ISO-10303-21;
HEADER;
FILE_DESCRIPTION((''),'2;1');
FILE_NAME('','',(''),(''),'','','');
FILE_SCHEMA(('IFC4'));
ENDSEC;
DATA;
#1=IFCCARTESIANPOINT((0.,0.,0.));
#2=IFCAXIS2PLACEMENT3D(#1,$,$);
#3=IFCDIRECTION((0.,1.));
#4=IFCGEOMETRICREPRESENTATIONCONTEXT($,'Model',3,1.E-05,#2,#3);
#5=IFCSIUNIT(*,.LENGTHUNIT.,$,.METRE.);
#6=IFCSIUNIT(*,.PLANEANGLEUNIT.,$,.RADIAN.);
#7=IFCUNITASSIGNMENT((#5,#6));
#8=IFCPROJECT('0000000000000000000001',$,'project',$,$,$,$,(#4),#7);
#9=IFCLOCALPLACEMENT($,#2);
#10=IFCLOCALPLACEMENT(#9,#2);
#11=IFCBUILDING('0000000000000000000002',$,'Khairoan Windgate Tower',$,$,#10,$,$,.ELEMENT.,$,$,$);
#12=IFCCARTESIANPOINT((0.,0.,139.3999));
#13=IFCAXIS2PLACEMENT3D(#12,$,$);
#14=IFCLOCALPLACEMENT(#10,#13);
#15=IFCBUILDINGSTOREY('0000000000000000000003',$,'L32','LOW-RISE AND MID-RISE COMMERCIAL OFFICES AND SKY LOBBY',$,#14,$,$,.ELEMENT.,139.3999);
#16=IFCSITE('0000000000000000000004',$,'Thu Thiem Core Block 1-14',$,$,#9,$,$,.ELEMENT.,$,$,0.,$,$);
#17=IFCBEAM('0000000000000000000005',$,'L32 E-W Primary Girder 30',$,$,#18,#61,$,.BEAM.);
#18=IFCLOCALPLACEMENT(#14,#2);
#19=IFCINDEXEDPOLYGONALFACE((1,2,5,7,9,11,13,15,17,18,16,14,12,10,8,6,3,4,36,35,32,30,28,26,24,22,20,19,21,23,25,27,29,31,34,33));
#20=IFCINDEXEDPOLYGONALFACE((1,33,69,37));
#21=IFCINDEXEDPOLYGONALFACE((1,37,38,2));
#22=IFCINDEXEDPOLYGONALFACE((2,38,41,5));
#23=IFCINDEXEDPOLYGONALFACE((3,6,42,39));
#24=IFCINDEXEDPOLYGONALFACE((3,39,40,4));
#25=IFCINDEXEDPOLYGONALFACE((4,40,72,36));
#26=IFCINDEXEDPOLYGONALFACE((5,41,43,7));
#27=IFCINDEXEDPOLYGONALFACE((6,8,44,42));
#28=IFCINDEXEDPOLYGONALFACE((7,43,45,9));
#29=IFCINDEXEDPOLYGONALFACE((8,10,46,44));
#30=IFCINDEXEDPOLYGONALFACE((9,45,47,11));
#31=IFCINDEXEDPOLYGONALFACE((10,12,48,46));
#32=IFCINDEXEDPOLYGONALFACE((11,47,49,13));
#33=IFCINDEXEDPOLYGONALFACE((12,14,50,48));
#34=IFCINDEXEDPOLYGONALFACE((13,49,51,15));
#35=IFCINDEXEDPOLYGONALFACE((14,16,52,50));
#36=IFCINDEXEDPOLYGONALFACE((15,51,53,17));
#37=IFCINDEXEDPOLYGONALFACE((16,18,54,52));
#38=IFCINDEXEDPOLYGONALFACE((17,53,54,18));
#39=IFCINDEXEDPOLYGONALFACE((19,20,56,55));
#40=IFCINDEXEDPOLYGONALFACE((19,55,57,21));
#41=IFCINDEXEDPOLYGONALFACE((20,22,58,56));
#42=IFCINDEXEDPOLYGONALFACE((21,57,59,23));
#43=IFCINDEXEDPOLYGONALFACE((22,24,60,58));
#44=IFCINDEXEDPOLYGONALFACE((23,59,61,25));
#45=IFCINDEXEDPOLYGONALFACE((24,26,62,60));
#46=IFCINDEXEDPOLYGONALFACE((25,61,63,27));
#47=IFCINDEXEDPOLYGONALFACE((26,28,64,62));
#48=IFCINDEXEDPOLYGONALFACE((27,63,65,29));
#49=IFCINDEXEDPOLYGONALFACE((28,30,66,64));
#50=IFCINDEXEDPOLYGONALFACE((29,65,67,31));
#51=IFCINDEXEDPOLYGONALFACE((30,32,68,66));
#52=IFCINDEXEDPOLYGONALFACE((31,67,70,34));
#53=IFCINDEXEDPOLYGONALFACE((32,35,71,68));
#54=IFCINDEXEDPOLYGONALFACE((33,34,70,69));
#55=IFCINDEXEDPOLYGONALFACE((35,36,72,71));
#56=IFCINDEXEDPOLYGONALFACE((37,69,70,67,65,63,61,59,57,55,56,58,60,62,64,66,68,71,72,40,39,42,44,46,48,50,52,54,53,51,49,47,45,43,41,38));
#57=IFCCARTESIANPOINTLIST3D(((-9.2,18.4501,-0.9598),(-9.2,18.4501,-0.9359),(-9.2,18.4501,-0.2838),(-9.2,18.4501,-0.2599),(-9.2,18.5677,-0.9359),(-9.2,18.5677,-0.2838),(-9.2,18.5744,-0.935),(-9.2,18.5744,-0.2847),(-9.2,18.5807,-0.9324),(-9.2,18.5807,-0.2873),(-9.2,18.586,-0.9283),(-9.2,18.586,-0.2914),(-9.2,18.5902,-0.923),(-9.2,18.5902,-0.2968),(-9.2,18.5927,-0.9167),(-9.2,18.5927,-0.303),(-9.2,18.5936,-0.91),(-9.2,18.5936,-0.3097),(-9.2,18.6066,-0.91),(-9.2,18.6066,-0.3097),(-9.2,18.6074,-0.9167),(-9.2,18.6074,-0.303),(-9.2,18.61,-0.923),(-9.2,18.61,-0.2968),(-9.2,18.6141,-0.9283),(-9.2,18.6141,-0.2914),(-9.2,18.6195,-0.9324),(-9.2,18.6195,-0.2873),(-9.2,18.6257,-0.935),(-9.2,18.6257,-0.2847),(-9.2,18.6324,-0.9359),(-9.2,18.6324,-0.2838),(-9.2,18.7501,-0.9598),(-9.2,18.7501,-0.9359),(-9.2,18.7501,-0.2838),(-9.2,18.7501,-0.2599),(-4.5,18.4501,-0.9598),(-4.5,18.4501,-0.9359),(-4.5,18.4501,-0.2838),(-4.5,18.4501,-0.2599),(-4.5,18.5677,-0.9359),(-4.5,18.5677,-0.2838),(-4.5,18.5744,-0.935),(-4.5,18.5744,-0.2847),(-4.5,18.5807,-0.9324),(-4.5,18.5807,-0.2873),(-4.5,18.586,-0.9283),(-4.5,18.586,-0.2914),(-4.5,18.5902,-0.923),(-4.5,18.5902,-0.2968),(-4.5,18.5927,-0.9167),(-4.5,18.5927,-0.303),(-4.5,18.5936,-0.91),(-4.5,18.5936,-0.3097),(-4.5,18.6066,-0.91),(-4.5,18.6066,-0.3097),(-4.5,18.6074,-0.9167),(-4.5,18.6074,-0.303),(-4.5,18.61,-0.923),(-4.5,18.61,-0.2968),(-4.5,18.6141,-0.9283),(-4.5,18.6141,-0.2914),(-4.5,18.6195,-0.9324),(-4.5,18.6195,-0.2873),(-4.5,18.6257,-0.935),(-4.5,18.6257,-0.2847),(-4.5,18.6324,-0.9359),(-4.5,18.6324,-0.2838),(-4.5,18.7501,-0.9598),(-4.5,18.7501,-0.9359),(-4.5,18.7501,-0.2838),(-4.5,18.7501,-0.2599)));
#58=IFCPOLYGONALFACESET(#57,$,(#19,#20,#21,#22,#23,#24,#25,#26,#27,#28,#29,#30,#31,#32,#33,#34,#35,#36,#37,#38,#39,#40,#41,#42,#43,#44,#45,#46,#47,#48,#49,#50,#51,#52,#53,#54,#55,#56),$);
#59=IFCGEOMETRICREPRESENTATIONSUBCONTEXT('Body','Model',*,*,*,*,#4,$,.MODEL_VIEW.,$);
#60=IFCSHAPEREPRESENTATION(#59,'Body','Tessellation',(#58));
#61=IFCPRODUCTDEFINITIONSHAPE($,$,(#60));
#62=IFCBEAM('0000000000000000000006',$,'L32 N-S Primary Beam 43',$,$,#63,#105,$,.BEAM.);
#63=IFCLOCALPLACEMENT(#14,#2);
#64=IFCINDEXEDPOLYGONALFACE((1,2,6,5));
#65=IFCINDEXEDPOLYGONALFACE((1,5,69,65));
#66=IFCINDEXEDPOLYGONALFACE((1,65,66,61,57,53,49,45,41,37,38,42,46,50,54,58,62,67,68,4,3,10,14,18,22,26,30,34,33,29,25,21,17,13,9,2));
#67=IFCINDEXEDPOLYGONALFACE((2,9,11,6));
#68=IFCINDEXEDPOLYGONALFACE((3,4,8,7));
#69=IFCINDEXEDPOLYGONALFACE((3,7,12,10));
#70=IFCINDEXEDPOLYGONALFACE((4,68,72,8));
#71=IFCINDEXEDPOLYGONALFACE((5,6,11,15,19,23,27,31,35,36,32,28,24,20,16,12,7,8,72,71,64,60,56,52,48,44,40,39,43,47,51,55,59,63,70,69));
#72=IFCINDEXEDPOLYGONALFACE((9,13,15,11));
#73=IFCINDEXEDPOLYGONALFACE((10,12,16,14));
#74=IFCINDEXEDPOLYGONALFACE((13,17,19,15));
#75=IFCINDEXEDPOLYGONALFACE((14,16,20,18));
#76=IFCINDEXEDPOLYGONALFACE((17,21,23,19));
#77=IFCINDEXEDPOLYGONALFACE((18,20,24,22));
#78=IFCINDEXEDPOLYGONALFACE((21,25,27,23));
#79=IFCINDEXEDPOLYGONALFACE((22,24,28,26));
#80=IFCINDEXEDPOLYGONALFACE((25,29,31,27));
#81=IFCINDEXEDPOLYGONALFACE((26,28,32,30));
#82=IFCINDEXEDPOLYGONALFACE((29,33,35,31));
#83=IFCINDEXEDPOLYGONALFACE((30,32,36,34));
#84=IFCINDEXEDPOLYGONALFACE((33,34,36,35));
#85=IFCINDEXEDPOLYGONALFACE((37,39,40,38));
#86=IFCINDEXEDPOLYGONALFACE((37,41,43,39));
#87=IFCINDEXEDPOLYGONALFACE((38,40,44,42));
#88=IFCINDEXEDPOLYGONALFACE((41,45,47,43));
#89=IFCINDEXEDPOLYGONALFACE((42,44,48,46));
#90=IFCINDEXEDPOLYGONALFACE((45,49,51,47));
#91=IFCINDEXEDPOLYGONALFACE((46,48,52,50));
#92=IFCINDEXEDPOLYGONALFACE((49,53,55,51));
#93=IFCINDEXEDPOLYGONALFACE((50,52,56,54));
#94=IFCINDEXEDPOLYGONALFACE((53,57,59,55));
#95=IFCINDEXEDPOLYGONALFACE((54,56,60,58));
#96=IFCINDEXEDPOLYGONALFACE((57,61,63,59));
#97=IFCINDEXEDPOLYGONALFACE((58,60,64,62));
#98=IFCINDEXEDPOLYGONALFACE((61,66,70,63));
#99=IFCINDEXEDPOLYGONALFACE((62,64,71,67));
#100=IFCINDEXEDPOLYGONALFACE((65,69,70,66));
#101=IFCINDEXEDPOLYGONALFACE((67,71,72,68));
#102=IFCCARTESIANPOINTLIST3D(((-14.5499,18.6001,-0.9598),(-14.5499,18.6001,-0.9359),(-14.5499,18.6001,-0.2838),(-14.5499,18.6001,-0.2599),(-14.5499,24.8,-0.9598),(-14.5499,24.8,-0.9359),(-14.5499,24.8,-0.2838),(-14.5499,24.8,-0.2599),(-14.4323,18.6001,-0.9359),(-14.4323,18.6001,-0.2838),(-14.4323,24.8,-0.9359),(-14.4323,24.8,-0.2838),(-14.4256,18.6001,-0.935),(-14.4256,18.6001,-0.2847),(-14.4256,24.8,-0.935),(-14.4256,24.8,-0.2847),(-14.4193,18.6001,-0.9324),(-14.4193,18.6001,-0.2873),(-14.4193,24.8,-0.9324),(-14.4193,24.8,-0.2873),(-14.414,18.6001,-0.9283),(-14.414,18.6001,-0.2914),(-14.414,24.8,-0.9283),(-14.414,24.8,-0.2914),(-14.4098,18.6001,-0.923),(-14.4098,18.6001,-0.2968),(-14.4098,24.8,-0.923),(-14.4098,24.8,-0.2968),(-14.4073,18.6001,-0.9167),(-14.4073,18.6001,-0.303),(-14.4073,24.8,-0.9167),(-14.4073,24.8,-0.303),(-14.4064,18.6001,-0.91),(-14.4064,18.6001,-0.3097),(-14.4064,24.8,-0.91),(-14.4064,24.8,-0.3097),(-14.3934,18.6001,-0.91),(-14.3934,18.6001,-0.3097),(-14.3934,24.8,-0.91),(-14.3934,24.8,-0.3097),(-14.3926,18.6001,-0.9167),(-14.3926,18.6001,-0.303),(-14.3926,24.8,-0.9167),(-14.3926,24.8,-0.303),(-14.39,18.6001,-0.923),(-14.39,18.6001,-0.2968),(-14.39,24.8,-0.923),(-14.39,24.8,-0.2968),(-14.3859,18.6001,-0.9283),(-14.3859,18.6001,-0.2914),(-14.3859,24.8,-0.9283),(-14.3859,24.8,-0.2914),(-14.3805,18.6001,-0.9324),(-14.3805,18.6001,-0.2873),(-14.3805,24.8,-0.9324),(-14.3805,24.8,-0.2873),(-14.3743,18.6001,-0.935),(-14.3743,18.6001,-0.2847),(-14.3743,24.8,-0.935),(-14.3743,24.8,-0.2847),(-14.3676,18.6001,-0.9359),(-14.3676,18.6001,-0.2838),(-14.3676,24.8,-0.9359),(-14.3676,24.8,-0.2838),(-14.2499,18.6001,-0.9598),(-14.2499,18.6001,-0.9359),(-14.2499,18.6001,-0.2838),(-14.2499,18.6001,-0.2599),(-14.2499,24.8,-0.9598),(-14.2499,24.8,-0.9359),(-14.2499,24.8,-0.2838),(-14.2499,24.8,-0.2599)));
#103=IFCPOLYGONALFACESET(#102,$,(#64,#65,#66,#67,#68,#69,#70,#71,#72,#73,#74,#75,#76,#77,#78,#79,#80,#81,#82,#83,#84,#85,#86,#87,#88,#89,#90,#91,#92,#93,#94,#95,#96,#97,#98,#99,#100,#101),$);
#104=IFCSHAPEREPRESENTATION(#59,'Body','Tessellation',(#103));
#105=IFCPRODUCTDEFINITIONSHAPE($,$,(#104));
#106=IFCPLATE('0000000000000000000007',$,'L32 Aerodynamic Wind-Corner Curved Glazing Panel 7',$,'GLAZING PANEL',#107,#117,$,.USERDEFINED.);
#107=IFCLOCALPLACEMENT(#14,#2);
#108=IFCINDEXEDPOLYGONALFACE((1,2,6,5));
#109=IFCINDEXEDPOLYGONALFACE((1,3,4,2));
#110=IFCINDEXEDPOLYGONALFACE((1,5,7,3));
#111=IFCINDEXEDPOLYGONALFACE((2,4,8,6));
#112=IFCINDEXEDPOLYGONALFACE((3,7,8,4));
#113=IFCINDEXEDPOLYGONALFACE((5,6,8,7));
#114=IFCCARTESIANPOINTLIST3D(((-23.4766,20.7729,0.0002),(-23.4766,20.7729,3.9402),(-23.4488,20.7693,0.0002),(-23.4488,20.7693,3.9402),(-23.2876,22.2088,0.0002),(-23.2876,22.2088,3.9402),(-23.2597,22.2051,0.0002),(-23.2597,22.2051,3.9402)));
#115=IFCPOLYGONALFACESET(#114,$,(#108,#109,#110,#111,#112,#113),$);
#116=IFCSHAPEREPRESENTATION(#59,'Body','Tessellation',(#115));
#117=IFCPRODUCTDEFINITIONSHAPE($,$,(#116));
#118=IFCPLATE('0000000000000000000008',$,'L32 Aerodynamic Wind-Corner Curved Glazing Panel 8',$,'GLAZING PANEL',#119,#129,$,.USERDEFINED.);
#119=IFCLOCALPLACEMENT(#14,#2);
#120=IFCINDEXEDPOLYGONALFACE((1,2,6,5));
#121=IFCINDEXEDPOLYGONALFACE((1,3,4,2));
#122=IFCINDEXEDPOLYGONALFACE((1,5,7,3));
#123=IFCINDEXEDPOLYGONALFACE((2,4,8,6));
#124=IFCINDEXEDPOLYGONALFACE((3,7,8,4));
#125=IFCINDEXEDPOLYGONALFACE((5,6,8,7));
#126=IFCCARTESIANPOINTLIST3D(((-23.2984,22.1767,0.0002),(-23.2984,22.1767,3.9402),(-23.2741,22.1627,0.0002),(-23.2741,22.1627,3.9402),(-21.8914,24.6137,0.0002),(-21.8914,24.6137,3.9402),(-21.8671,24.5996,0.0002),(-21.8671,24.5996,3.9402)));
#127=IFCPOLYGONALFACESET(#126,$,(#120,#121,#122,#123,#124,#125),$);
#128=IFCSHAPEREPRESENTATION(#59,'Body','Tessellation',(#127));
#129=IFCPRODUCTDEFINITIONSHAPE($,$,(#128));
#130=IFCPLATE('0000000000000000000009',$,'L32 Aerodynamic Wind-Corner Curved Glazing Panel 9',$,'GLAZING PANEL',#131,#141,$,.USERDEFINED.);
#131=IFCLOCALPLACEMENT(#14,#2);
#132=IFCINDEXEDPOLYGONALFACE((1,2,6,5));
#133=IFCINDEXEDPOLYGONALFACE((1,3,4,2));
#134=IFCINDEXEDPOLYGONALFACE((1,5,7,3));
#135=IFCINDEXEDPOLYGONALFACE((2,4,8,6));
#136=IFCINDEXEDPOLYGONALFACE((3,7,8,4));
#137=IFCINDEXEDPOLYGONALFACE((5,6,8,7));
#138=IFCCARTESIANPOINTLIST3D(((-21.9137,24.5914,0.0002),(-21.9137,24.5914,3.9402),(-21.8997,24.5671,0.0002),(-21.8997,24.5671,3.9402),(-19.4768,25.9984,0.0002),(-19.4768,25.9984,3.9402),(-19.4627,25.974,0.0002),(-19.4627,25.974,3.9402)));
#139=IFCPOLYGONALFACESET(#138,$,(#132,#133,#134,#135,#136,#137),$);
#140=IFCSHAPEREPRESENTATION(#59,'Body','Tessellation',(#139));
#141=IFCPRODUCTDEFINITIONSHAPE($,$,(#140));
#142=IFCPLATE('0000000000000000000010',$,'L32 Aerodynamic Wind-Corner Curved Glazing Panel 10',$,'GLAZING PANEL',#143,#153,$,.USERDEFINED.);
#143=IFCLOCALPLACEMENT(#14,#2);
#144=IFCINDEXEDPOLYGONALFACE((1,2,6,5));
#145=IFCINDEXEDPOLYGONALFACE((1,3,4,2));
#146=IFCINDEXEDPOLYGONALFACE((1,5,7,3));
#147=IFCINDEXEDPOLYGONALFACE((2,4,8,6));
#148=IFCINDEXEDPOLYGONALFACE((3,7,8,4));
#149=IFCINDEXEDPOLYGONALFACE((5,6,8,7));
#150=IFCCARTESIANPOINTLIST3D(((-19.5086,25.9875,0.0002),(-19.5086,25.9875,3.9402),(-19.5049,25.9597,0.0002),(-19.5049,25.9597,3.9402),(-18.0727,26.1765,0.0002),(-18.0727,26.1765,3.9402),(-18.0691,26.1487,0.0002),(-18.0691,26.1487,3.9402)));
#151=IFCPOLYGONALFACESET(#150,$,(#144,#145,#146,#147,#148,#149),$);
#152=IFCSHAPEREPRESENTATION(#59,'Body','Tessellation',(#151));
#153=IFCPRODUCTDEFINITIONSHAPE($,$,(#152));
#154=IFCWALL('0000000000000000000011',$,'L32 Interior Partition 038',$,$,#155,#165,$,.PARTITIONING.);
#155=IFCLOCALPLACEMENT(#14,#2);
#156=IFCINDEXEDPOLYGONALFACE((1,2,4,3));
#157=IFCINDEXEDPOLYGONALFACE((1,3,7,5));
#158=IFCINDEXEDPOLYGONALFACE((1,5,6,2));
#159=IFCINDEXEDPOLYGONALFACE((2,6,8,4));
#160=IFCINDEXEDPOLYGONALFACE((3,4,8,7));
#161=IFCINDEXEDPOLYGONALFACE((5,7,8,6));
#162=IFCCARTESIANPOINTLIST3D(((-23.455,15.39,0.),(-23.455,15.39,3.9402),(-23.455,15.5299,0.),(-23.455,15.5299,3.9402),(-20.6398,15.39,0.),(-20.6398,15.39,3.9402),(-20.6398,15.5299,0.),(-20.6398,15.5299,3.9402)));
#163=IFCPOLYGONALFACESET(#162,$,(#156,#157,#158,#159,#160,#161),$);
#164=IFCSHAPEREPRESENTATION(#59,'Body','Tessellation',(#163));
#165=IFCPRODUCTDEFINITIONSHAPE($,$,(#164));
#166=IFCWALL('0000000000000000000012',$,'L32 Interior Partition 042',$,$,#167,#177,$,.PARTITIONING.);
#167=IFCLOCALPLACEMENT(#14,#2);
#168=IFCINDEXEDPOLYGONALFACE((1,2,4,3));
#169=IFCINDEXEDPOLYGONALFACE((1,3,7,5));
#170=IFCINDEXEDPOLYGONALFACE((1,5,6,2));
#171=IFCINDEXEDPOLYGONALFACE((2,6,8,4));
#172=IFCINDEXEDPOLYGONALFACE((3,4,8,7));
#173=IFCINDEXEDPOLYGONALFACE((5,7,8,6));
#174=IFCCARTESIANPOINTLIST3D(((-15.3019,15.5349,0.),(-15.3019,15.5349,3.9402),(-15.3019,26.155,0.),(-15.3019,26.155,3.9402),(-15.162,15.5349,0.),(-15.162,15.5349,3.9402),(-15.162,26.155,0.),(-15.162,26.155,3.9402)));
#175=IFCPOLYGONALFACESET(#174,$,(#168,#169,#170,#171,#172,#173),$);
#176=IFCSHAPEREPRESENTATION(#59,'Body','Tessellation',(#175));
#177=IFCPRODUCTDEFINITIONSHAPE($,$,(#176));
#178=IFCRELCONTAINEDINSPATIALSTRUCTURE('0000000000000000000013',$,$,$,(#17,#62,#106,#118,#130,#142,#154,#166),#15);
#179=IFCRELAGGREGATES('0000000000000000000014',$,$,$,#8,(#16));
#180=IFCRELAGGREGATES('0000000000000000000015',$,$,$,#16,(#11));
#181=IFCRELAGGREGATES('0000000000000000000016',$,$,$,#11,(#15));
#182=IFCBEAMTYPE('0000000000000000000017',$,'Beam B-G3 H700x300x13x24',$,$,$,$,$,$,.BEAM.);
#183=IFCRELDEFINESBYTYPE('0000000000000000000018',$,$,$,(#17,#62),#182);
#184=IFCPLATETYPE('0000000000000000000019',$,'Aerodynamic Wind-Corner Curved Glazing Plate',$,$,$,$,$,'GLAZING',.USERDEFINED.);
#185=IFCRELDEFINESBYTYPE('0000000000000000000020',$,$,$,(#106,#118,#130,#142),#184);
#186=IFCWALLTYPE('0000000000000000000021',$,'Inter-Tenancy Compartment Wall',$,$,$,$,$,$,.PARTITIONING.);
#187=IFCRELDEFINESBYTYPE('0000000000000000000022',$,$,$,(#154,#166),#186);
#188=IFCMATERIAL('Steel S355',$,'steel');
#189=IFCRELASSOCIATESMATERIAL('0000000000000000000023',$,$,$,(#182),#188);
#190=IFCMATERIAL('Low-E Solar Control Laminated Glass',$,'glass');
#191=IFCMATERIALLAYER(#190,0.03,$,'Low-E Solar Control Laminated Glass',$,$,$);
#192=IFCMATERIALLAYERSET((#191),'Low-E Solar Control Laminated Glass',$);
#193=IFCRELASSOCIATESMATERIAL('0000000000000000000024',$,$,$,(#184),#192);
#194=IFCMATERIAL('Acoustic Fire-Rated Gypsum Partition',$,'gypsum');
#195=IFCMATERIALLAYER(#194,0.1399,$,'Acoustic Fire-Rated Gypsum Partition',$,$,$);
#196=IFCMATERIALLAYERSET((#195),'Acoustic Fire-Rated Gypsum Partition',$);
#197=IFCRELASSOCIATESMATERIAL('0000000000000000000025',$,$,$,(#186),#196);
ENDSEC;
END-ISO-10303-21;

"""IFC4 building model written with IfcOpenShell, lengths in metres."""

from ifc_helpers import new_model, si_unit, direction, frame, frame_2d, origin, origin_2d, place, context, subcontext, project, spatial, rectangle, i_section, extrude, material, layer, layer_set, material_profile, profile_set, type_object, element, save


model = new_model("IFC4")

# Units and contexts
model_context = context("Model", 3, precision=1e-05, world=origin(), true_north=direction((0.0, 1.0)))
body_context = subcontext(model_context, "Body", "Model", "MODEL_VIEW")
ifc_project = project(units=[si_unit("LENGTHUNIT", "METRE"), si_unit("PLANEANGLEUNIT", "RADIAN")], contexts=[model_context])

# Site, building, storey
site_placement = place(None, origin())
site = spatial("IfcSite", under=ifc_project, at=site_placement, Name="Thu Thiem Core Block 1-14", CompositionType="ELEMENT", RefElevation=0.0)
building_placement = place(site_placement, origin())
building = spatial("IfcBuilding", under=site, at=building_placement, Name="Khairoan Windgate Tower", CompositionType="ELEMENT")
storey_placement = place(building_placement, frame((0.0, 0.0, 139.3999)))
storey = spatial("IfcBuildingStorey", under=building, at=storey_placement, Name="L32", Description="LOW-RISE AND MID-RISE COMMERCIAL OFFICES AND SKY LOBBY", CompositionType="ELEMENT", Elevation=139.3999)

# Beams
ifc_material_1 = material(Name="Steel S355", Category="steel")
ifc_material_profile_1 = material_profile(ifc_material_1, i_section(OverallWidth=0.3, OverallDepth=0.7, WebThickness=0.0129, FlangeThickness=0.0239, FilletRadius=0.0259, at=origin_2d()))
ifc_profile_set_1 = profile_set([ifc_material_profile_1], Name="Steel S355")
beam_type = type_object("IfcBeamType", Name="Beam B-G3 H700x300x13x24", PredefinedType="BEAM", material=ifc_profile_set_1)
beam_1_placement = place(storey_placement, frame((-9.2, 18.6001, -0.6099), z_axis=(1.0, 0.0, 0.0), x_axis=(0.0, 1.0, 0.0)))
element("IfcBeam", 1, at=beam_1_placement, inside=storey, type_object=beam_type, Name="L32 E-W Primary Girder 30", PredefinedType="BEAM", context=body_context, shape_type="SweptSolid", body=[
    extrude(i_section(OverallWidth=0.3, OverallDepth=0.7, WebThickness=0.0129, FlangeThickness=0.0239, FilletRadius=0.0259, at=origin_2d()), origin(), (0.0, 0.0, 1.0), 4.7),
])
beam_2_placement = place(storey_placement, frame((-14.3999, 18.6001, -0.6099), z_axis=(0.0, 1.0, 0.0), x_axis=(-1.0, 0.0, 0.0)))
element("IfcBeam", 2, at=beam_2_placement, inside=storey, type_object=beam_type, Name="L32 N-S Primary Beam 43", PredefinedType="BEAM", context=body_context, shape_type="SweptSolid", body=[
    extrude(i_section(OverallWidth=0.3, OverallDepth=0.7, WebThickness=0.0129, FlangeThickness=0.0239, FilletRadius=0.0259, at=origin_2d()), origin(), (0.0, 0.0, 1.0), 6.2),
])

# Plates
ifc_material_2 = material(Name="Low-E Solar Control Laminated Glass", Category="glass")
ifc_layer_1 = layer(ifc_material_2, 0.03, Name="Low-E Solar Control Laminated Glass")
ifc_layer_set_1 = layer_set([ifc_layer_1], Name="Low-E Solar Control Laminated Glass")
plate_type_1 = type_object("IfcPlateType", Name="Aerodynamic Wind-Corner Curved Glazing Plate", ElementType="GLAZING", PredefinedType="USERDEFINED", material=ifc_layer_set_1)
plate_1_placement = place(storey_placement, frame((-23.3682, 21.489, 0.0002), z_axis=(0.0, 0.0, 1.0), x_axis=(0.130526, 0.991445, 0.0)))
element("IfcPlate", 3, at=plate_1_placement, inside=storey, type_object=plate_type_1, Name="L32 Aerodynamic Wind-Corner Curved Glazing Panel 7", ObjectType="GLAZING PANEL", PredefinedType="USERDEFINED", context=body_context, shape_type="SweptSolid", body=[
    extrude(rectangle(XDim=1.4482, YDim=0.0281, at=origin_2d()), origin(), (0.0, 0.0, 1.0), 3.9399),
])
for number, where, z_axis, x_axis, name in (
    (4, (-22.5828, 23.3882, 0.0002), (0.0, 0.0, 1.0), (0.5, 0.866025, 0.0), "L32 Aerodynamic Wind-Corner Curved Glazing Panel 8"),
    (5, (-20.6882, 25.2827, 0.0002), (0.0, 0.0, 1.0), (0.866025, 0.5, 0.0), "L32 Aerodynamic Wind-Corner Curved Glazing Panel 9"),
):
    element("IfcPlate", number, at=place(storey_placement, frame(where, z_axis=z_axis, x_axis=x_axis)), inside=storey, type_object=plate_type_1, Name=name, ObjectType="GLAZING PANEL", PredefinedType="USERDEFINED", context=body_context, shape_type="SweptSolid", body=[
        extrude(rectangle(XDim=2.814, YDim=0.0281, at=origin_2d()), origin(), (0.0, 0.0, 1.0), 3.9399),
    ])
plate_2_placement = place(storey_placement, frame((-18.7888, 26.0681, 0.0002), z_axis=(0.0, 0.0, 1.0), x_axis=(0.991445, 0.130526, 0.0)))
element("IfcPlate", 6, at=plate_2_placement, inside=storey, type_object=plate_type_1, Name="L32 Aerodynamic Wind-Corner Curved Glazing Panel 10", ObjectType="GLAZING PANEL", PredefinedType="USERDEFINED", context=body_context, shape_type="SweptSolid", body=[
    extrude(rectangle(XDim=1.4482, YDim=0.0281, at=origin_2d()), origin(), (0.0, 0.0, 1.0), 3.9399),
])

# Walls
ifc_material_3 = material(Name="Acoustic Fire-Rated Gypsum Partition", Category="gypsum")
ifc_layer_2 = layer(ifc_material_3, 0.1399, Name="Acoustic Fire-Rated Gypsum Partition")
ifc_layer_set_2 = layer_set([ifc_layer_2], Name="Acoustic Fire-Rated Gypsum Partition")
wall_type_1 = type_object("IfcWallType", Name="Inter-Tenancy Compartment Wall", PredefinedType="PARTITIONING", material=ifc_layer_set_2)
wall_1_placement = place(storey_placement, frame((-23.4551, 15.46, 0.0), z_axis=(0.0, 0.0, 1.0), x_axis=(1.0, 0.0, 0.0)))
element("IfcWall", 7, at=wall_1_placement, inside=storey, type_object=wall_type_1, Name="L32 Interior Partition 038", PredefinedType="PARTITIONING", context=body_context, shape_type="SweptSolid", body=[
    extrude(rectangle(XDim=2.8152, YDim=0.1399, at=frame_2d((1.4077, 0.0))), origin(), (0.0, 0.0, 1.0), 3.9402),
])
wall_2_placement = place(storey_placement, frame((-15.2319, 15.5349, 0.0), z_axis=(0.0, 0.0, 1.0), x_axis=(0.0, 1.0, 0.0)))
element("IfcWall", 8, at=wall_2_placement, inside=storey, type_object=wall_type_1, Name="L32 Interior Partition 042", PredefinedType="PARTITIONING", context=body_context, shape_type="SweptSolid", body=[
    extrude(rectangle(XDim=10.6201, YDim=0.1399, at=frame_2d((5.3101, 0.0))), origin(), (0.0, 0.0, 1.0), 3.9402),
])

save(model, "model.ifc")
